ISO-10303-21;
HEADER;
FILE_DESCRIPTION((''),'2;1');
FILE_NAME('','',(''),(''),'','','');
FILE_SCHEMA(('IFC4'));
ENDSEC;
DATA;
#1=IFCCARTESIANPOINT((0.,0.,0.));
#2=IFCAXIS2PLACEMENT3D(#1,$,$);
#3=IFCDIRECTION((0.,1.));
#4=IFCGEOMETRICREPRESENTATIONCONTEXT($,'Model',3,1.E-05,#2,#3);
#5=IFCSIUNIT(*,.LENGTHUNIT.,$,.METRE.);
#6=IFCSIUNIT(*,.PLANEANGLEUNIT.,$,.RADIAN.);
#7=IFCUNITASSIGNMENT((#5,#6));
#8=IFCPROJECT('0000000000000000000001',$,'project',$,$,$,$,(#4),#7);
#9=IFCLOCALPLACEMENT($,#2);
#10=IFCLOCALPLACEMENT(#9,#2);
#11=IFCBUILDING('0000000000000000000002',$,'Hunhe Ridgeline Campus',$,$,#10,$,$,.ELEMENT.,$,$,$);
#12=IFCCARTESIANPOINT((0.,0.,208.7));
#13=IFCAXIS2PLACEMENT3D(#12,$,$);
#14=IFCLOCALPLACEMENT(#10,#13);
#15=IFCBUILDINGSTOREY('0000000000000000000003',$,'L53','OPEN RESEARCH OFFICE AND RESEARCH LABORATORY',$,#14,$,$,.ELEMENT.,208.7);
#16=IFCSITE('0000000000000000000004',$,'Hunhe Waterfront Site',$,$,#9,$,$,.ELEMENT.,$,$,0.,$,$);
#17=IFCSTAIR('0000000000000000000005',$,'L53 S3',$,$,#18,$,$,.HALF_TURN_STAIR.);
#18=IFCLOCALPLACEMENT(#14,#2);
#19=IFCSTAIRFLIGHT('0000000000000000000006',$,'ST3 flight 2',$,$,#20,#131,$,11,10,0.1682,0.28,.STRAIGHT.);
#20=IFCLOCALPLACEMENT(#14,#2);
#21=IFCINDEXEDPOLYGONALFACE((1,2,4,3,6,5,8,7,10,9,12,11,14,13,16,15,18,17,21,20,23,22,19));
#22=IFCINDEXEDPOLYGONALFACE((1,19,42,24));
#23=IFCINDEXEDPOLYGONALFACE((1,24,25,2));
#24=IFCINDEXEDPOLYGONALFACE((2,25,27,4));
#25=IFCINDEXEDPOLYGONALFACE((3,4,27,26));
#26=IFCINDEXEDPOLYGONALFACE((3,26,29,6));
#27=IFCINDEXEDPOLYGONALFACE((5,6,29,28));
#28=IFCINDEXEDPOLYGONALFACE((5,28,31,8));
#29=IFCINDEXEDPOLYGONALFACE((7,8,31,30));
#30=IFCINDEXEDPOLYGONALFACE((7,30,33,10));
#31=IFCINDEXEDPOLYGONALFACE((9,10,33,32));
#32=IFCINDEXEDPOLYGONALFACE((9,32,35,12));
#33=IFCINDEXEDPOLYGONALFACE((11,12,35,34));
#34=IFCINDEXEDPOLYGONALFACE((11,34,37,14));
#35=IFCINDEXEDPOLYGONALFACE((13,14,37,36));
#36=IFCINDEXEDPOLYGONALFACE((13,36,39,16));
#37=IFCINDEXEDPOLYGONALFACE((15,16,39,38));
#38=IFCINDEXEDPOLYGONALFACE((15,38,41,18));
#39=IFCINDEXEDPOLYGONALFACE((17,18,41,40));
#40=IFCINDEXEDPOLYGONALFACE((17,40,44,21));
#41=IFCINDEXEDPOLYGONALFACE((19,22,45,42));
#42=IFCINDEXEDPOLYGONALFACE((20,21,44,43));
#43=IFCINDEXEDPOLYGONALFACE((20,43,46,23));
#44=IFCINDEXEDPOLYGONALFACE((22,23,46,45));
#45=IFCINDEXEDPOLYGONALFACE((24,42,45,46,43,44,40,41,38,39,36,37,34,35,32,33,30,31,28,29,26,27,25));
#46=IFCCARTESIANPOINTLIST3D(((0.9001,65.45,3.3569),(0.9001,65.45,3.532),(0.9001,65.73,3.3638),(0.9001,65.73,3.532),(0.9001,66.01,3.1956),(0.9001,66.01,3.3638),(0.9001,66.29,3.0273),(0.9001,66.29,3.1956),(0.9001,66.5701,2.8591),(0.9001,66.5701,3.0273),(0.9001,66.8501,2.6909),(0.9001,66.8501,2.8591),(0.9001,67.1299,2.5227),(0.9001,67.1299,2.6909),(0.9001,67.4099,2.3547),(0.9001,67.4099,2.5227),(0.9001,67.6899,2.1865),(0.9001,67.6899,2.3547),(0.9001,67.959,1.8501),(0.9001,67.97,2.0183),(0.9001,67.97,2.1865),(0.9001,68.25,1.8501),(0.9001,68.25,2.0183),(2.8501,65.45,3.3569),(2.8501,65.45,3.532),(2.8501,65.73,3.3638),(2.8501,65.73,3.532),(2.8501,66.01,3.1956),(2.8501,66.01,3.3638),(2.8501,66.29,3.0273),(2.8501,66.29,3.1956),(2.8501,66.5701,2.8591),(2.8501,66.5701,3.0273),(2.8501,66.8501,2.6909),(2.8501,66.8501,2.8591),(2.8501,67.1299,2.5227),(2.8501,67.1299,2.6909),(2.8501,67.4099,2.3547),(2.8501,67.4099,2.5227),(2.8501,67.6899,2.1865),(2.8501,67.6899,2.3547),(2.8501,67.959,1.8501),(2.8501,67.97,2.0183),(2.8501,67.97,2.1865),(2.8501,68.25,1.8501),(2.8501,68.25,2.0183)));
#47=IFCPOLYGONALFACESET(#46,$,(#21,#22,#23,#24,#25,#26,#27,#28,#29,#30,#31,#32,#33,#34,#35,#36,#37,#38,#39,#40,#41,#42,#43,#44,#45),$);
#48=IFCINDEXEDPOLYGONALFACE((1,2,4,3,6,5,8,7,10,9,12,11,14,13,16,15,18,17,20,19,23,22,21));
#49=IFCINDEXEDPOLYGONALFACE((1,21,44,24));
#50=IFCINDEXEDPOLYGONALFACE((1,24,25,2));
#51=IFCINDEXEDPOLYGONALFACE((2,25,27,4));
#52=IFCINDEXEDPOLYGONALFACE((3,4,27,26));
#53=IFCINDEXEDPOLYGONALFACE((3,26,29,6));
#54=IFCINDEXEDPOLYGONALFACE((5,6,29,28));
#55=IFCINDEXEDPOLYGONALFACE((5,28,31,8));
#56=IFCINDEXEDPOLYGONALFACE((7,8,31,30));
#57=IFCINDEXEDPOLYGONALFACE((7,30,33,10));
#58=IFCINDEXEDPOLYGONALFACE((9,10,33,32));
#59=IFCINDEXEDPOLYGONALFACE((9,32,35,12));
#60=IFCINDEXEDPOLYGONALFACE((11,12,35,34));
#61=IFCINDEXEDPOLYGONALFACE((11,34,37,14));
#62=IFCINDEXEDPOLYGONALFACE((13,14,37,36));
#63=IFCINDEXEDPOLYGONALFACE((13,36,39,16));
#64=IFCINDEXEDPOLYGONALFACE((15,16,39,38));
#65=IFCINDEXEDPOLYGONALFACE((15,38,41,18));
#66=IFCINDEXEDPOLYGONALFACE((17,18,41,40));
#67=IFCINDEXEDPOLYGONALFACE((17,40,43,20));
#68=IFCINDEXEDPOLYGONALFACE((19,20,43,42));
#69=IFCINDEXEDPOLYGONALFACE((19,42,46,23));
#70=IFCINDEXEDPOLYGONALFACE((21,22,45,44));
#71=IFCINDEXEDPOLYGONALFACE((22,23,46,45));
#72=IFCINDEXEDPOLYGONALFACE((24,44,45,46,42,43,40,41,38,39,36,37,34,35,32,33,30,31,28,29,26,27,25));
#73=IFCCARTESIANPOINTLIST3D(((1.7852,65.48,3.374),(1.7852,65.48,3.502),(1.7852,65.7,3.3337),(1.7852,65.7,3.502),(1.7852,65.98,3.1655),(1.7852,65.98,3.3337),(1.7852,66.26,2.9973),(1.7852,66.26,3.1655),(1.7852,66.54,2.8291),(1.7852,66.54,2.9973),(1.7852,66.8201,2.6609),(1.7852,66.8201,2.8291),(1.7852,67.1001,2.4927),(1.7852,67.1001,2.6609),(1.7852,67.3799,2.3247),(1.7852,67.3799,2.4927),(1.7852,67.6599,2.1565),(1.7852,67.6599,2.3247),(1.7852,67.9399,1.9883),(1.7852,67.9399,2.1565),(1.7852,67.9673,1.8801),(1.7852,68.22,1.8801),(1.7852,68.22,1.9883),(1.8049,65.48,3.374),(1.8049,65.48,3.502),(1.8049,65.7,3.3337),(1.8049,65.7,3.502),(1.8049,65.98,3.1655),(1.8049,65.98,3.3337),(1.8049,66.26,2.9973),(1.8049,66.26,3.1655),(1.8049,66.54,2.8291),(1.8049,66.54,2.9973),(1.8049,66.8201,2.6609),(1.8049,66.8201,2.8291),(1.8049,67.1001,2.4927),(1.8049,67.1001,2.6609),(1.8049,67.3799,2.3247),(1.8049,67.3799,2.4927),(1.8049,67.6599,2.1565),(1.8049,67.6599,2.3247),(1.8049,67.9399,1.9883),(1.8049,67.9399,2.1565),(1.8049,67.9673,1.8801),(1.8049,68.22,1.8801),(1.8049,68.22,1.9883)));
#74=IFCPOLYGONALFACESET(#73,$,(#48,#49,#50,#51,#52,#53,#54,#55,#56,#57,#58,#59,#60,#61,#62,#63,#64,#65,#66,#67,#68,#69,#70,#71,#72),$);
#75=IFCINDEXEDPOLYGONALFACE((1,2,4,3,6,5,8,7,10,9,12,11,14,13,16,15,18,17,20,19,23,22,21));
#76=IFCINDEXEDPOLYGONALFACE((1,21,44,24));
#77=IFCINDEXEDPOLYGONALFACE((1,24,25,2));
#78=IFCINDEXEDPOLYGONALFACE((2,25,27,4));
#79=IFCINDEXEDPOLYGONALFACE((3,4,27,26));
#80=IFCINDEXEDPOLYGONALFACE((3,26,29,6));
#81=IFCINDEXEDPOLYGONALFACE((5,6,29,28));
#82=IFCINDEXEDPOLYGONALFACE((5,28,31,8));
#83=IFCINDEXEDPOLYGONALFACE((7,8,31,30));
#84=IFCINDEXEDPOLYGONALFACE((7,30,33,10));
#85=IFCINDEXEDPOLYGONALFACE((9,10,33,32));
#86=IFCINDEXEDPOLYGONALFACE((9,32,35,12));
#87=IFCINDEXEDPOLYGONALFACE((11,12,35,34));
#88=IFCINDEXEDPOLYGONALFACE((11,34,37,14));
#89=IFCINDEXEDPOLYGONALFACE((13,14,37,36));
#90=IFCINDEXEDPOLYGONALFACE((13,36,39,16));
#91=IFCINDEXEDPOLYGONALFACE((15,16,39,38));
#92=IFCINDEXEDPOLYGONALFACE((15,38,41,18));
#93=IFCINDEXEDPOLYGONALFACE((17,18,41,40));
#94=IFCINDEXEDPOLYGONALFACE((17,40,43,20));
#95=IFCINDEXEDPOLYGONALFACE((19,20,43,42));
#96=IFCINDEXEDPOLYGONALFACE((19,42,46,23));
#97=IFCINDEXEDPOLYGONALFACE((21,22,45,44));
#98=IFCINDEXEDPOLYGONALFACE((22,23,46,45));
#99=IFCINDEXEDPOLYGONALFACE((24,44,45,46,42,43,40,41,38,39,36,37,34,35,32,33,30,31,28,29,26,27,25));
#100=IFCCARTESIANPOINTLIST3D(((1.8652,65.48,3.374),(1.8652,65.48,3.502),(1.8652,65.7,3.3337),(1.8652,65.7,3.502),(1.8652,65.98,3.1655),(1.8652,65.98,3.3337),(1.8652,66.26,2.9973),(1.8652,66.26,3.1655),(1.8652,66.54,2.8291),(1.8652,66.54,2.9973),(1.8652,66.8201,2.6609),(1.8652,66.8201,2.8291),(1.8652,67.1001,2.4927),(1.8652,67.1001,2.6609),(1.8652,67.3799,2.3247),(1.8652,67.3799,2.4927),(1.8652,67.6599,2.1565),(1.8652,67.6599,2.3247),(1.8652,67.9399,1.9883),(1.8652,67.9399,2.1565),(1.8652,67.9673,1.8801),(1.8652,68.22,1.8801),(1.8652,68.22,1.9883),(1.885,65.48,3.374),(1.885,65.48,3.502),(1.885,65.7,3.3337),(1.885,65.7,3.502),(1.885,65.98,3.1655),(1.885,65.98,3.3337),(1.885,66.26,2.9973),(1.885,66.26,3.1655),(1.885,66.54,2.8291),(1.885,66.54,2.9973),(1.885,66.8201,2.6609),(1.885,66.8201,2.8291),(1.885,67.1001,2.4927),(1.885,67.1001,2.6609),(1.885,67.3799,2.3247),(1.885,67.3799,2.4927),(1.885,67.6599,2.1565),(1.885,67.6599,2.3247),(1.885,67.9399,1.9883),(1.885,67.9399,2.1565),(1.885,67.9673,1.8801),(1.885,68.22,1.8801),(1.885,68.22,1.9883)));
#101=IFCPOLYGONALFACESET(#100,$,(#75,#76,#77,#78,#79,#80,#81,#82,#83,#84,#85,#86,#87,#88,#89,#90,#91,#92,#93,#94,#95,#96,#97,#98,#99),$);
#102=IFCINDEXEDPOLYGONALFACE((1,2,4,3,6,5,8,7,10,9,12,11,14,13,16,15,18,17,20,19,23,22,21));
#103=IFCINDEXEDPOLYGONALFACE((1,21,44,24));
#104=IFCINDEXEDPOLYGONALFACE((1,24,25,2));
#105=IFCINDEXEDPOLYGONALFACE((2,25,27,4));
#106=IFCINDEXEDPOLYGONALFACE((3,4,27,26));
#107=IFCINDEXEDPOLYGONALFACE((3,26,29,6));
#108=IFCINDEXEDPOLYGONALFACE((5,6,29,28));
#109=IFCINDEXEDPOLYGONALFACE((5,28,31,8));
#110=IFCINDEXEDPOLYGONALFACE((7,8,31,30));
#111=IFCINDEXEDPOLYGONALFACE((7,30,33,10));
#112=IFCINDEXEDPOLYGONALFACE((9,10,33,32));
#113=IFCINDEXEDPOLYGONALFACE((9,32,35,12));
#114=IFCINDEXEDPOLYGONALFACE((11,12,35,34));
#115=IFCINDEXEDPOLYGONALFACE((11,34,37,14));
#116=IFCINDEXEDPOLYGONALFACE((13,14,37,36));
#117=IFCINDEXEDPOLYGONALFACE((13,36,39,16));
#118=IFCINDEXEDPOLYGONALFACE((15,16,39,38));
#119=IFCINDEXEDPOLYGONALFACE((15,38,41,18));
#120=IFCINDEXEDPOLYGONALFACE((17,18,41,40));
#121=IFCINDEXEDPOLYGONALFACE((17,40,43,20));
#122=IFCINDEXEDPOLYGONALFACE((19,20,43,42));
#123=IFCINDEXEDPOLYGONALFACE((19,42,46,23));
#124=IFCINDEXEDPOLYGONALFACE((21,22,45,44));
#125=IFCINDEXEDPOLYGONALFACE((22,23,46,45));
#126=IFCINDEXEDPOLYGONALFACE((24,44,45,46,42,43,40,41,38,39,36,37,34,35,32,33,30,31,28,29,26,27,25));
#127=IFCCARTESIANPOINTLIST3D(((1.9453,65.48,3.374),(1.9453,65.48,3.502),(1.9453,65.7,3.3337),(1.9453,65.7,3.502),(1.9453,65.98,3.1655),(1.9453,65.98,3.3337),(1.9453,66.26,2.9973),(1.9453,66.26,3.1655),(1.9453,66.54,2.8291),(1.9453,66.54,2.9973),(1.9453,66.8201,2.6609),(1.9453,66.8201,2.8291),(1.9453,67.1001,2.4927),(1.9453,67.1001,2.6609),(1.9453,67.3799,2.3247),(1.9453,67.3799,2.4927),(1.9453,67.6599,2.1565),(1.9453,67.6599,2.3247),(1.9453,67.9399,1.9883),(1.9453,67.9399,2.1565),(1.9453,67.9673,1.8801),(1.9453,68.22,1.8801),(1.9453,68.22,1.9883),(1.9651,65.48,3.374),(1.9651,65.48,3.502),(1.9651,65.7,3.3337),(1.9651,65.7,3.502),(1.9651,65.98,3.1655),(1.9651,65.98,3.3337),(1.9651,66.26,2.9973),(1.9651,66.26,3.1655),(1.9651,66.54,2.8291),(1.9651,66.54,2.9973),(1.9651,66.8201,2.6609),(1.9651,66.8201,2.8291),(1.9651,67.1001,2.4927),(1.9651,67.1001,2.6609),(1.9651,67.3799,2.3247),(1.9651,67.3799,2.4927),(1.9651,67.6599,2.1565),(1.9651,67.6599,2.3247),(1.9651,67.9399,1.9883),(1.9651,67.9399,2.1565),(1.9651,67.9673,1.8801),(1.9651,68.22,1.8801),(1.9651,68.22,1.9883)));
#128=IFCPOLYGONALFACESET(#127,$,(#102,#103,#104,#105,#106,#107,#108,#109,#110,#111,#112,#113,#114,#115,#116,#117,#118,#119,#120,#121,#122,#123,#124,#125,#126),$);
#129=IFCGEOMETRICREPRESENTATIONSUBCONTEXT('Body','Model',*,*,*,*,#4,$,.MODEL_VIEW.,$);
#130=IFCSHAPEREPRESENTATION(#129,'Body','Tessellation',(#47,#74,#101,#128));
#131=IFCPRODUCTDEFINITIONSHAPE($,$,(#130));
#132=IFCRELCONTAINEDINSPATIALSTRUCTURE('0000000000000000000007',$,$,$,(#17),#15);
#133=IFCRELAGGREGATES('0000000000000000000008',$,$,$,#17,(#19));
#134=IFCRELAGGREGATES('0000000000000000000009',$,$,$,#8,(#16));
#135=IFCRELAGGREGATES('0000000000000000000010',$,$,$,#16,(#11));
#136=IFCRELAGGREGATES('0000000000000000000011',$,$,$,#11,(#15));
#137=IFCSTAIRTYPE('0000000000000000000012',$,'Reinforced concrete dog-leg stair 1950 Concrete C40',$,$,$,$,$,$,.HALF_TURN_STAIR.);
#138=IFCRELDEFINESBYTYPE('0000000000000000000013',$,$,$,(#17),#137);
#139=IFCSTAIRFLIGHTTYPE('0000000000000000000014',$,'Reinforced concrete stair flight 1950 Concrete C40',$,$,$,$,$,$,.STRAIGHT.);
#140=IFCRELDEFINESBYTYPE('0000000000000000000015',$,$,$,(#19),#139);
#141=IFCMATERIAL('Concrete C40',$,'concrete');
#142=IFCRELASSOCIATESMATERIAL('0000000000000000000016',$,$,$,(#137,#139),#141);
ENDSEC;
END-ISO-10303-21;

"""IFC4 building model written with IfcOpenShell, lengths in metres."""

from ifc_helpers import new_model, si_unit, direction, frame, origin, place, context, subcontext, project, spatial, polyline, outline, extrude, material, type_object, element, aggregate, save


model = new_model("IFC4")

# Units and contexts
model_context = context("Model", 3, precision=1e-05, world=origin(), true_north=direction((0.0, 1.0)))
body_context = subcontext(model_context, "Body", "Model", "MODEL_VIEW")
ifc_project = project(units=[si_unit("LENGTHUNIT", "METRE"), si_unit("PLANEANGLEUNIT", "RADIAN")], contexts=[model_context])

# Site, building, storey
site_placement = place(None, origin())
site = spatial("IfcSite", under=ifc_project, at=site_placement, Name="Hunhe Waterfront Site", CompositionType="ELEMENT", RefElevation=0.0)
building_placement = place(site_placement, origin())
building = spatial("IfcBuilding", under=site, at=building_placement, Name="Hunhe Ridgeline Campus", CompositionType="ELEMENT")
storey_placement = place(building_placement, frame((0.0, 0.0, 208.7)))
storey = spatial("IfcBuildingStorey", under=building, at=storey_placement, Name="L53", Description="OPEN RESEARCH OFFICE AND RESEARCH LABORATORY", CompositionType="ELEMENT", Elevation=208.7)

# Stair, stair flight
ifc_material_1 = material(Name="Concrete C40", Category="concrete")
stair_type = type_object("IfcStairType", Name="Reinforced concrete dog-leg stair 1950 Concrete C40", PredefinedType="HALF_TURN_STAIR", material=ifc_material_1)
stair_1_placement = place(storey_placement, origin())
stair_1 = element("IfcStair", 1, at=stair_1_placement, inside=storey, type_object=stair_type, Name="L53 S3", PredefinedType="HALF_TURN_STAIR")
stair_flight_type = type_object("IfcStairFlightType", Name="Reinforced concrete stair flight 1950 Concrete C40", PredefinedType="STRAIGHT", material=ifc_material_1)
stair_flight_1_placement = place(storey_placement, frame((1.875, 68.25, 1.8501), z_axis=(0.0, 0.0, 1.0), x_axis=(0.0, -1.0, 0.0)))
stair_flight_1 = element("IfcStairFlight", 2, at=stair_flight_1_placement, type_object=stair_flight_type, Name="ST3 flight 2", NumberOfRisers=11, NumberOfTreads=10, PredefinedType="STRAIGHT", RiserHeight=0.1682, TreadLength=0.28, context=body_context, shape_type="SweptSolid", body=[
    extrude(outline(polyline([(0.0, 0.0), (0.0, 0.1682), (0.28, 0.1682), (0.28, 0.3364), (0.5601, 0.3364), (0.5601, 0.5046), (0.8401, 0.5046), (0.8401, 0.6726), (1.1201, 0.6726), (1.1201, 0.8408), (1.3999, 0.8408), (1.3999, 1.009), (1.6799, 1.009), (1.6799, 1.1772), (1.96, 1.1772), (1.96, 1.3455), (2.24, 1.3455), (2.24, 1.5137), (2.52, 1.5137), (2.52, 1.6819), (2.8, 1.6819), (2.8, 1.8501), (2.8, 1.5068), (0.291, 0.0), (0.0, 0.0)])), frame((0.0, 0.9751, 0.0), z_axis=(0.0, -1.0, 0.0), x_axis=(1.0, 0.0, 0.0)), (0.0, 0.0, 1.0), 1.95),
    extrude(outline(polyline([(0.03, 0.03), (0.03, 0.1382), (0.3101, 0.1382), (0.3101, 0.3064), (0.5901, 0.3064), (0.5901, 0.4746), (0.8701, 0.4746), (0.8701, 0.6426), (1.1499, 0.6426), (1.1499, 0.8108), (1.4299, 0.8108), (1.4299, 0.979), (1.71, 0.979), (1.71, 1.1472), (1.99, 1.1472), (1.99, 1.3154), (2.27, 1.3154), (2.27, 1.4836), (2.55, 1.4836), (2.55, 1.6519), (2.77, 1.6519), (2.77, 1.5239), (0.2827, 0.03), (0.03, 0.03)])), frame((0.0, -0.0701, 0.0), z_axis=(0.0, -1.0, 0.0), x_axis=(1.0, 0.0, 0.0)), (0.0, 0.0, 1.0), 0.0198),
    extrude(outline(polyline([(0.03, 0.03), (0.03, 0.1382), (0.3101, 0.1382), (0.3101, 0.3064), (0.5901, 0.3064), (0.5901, 0.4746), (0.8701, 0.4746), (0.8701, 0.6426), (1.1499, 0.6426), (1.1499, 0.8108), (1.4299, 0.8108), (1.4299, 0.979), (1.71, 0.979), (1.71, 1.1472), (1.99, 1.1472), (1.99, 1.3154), (2.27, 1.3154), (2.27, 1.4836), (2.55, 1.4836), (2.55, 1.6519), (2.77, 1.6519), (2.77, 1.5239), (0.2827, 0.03), (0.03, 0.03)])), frame((0.0, 0.01, 0.0), z_axis=(0.0, -1.0, 0.0), x_axis=(1.0, 0.0, 0.0)), (0.0, 0.0, 1.0), 0.0198),
    extrude(outline(polyline([(0.03, 0.03), (0.03, 0.1382), (0.3101, 0.1382), (0.3101, 0.3064), (0.5901, 0.3064), (0.5901, 0.4746), (0.8701, 0.4746), (0.8701, 0.6426), (1.1499, 0.6426), (1.1499, 0.8108), (1.4299, 0.8108), (1.4299, 0.979), (1.71, 0.979), (1.71, 1.1472), (1.99, 1.1472), (1.99, 1.3154), (2.27, 1.3154), (2.27, 1.4836), (2.55, 1.4836), (2.55, 1.6519), (2.77, 1.6519), (2.77, 1.5239), (0.2827, 0.03), (0.03, 0.03)])), frame((0.0, 0.0901, 0.0), z_axis=(0.0, -1.0, 0.0), x_axis=(1.0, 0.0, 0.0)), (0.0, 0.0, 1.0), 0.0198),
])
aggregate(stair_1, [stair_flight_1])

save(model, "model.ifc")
